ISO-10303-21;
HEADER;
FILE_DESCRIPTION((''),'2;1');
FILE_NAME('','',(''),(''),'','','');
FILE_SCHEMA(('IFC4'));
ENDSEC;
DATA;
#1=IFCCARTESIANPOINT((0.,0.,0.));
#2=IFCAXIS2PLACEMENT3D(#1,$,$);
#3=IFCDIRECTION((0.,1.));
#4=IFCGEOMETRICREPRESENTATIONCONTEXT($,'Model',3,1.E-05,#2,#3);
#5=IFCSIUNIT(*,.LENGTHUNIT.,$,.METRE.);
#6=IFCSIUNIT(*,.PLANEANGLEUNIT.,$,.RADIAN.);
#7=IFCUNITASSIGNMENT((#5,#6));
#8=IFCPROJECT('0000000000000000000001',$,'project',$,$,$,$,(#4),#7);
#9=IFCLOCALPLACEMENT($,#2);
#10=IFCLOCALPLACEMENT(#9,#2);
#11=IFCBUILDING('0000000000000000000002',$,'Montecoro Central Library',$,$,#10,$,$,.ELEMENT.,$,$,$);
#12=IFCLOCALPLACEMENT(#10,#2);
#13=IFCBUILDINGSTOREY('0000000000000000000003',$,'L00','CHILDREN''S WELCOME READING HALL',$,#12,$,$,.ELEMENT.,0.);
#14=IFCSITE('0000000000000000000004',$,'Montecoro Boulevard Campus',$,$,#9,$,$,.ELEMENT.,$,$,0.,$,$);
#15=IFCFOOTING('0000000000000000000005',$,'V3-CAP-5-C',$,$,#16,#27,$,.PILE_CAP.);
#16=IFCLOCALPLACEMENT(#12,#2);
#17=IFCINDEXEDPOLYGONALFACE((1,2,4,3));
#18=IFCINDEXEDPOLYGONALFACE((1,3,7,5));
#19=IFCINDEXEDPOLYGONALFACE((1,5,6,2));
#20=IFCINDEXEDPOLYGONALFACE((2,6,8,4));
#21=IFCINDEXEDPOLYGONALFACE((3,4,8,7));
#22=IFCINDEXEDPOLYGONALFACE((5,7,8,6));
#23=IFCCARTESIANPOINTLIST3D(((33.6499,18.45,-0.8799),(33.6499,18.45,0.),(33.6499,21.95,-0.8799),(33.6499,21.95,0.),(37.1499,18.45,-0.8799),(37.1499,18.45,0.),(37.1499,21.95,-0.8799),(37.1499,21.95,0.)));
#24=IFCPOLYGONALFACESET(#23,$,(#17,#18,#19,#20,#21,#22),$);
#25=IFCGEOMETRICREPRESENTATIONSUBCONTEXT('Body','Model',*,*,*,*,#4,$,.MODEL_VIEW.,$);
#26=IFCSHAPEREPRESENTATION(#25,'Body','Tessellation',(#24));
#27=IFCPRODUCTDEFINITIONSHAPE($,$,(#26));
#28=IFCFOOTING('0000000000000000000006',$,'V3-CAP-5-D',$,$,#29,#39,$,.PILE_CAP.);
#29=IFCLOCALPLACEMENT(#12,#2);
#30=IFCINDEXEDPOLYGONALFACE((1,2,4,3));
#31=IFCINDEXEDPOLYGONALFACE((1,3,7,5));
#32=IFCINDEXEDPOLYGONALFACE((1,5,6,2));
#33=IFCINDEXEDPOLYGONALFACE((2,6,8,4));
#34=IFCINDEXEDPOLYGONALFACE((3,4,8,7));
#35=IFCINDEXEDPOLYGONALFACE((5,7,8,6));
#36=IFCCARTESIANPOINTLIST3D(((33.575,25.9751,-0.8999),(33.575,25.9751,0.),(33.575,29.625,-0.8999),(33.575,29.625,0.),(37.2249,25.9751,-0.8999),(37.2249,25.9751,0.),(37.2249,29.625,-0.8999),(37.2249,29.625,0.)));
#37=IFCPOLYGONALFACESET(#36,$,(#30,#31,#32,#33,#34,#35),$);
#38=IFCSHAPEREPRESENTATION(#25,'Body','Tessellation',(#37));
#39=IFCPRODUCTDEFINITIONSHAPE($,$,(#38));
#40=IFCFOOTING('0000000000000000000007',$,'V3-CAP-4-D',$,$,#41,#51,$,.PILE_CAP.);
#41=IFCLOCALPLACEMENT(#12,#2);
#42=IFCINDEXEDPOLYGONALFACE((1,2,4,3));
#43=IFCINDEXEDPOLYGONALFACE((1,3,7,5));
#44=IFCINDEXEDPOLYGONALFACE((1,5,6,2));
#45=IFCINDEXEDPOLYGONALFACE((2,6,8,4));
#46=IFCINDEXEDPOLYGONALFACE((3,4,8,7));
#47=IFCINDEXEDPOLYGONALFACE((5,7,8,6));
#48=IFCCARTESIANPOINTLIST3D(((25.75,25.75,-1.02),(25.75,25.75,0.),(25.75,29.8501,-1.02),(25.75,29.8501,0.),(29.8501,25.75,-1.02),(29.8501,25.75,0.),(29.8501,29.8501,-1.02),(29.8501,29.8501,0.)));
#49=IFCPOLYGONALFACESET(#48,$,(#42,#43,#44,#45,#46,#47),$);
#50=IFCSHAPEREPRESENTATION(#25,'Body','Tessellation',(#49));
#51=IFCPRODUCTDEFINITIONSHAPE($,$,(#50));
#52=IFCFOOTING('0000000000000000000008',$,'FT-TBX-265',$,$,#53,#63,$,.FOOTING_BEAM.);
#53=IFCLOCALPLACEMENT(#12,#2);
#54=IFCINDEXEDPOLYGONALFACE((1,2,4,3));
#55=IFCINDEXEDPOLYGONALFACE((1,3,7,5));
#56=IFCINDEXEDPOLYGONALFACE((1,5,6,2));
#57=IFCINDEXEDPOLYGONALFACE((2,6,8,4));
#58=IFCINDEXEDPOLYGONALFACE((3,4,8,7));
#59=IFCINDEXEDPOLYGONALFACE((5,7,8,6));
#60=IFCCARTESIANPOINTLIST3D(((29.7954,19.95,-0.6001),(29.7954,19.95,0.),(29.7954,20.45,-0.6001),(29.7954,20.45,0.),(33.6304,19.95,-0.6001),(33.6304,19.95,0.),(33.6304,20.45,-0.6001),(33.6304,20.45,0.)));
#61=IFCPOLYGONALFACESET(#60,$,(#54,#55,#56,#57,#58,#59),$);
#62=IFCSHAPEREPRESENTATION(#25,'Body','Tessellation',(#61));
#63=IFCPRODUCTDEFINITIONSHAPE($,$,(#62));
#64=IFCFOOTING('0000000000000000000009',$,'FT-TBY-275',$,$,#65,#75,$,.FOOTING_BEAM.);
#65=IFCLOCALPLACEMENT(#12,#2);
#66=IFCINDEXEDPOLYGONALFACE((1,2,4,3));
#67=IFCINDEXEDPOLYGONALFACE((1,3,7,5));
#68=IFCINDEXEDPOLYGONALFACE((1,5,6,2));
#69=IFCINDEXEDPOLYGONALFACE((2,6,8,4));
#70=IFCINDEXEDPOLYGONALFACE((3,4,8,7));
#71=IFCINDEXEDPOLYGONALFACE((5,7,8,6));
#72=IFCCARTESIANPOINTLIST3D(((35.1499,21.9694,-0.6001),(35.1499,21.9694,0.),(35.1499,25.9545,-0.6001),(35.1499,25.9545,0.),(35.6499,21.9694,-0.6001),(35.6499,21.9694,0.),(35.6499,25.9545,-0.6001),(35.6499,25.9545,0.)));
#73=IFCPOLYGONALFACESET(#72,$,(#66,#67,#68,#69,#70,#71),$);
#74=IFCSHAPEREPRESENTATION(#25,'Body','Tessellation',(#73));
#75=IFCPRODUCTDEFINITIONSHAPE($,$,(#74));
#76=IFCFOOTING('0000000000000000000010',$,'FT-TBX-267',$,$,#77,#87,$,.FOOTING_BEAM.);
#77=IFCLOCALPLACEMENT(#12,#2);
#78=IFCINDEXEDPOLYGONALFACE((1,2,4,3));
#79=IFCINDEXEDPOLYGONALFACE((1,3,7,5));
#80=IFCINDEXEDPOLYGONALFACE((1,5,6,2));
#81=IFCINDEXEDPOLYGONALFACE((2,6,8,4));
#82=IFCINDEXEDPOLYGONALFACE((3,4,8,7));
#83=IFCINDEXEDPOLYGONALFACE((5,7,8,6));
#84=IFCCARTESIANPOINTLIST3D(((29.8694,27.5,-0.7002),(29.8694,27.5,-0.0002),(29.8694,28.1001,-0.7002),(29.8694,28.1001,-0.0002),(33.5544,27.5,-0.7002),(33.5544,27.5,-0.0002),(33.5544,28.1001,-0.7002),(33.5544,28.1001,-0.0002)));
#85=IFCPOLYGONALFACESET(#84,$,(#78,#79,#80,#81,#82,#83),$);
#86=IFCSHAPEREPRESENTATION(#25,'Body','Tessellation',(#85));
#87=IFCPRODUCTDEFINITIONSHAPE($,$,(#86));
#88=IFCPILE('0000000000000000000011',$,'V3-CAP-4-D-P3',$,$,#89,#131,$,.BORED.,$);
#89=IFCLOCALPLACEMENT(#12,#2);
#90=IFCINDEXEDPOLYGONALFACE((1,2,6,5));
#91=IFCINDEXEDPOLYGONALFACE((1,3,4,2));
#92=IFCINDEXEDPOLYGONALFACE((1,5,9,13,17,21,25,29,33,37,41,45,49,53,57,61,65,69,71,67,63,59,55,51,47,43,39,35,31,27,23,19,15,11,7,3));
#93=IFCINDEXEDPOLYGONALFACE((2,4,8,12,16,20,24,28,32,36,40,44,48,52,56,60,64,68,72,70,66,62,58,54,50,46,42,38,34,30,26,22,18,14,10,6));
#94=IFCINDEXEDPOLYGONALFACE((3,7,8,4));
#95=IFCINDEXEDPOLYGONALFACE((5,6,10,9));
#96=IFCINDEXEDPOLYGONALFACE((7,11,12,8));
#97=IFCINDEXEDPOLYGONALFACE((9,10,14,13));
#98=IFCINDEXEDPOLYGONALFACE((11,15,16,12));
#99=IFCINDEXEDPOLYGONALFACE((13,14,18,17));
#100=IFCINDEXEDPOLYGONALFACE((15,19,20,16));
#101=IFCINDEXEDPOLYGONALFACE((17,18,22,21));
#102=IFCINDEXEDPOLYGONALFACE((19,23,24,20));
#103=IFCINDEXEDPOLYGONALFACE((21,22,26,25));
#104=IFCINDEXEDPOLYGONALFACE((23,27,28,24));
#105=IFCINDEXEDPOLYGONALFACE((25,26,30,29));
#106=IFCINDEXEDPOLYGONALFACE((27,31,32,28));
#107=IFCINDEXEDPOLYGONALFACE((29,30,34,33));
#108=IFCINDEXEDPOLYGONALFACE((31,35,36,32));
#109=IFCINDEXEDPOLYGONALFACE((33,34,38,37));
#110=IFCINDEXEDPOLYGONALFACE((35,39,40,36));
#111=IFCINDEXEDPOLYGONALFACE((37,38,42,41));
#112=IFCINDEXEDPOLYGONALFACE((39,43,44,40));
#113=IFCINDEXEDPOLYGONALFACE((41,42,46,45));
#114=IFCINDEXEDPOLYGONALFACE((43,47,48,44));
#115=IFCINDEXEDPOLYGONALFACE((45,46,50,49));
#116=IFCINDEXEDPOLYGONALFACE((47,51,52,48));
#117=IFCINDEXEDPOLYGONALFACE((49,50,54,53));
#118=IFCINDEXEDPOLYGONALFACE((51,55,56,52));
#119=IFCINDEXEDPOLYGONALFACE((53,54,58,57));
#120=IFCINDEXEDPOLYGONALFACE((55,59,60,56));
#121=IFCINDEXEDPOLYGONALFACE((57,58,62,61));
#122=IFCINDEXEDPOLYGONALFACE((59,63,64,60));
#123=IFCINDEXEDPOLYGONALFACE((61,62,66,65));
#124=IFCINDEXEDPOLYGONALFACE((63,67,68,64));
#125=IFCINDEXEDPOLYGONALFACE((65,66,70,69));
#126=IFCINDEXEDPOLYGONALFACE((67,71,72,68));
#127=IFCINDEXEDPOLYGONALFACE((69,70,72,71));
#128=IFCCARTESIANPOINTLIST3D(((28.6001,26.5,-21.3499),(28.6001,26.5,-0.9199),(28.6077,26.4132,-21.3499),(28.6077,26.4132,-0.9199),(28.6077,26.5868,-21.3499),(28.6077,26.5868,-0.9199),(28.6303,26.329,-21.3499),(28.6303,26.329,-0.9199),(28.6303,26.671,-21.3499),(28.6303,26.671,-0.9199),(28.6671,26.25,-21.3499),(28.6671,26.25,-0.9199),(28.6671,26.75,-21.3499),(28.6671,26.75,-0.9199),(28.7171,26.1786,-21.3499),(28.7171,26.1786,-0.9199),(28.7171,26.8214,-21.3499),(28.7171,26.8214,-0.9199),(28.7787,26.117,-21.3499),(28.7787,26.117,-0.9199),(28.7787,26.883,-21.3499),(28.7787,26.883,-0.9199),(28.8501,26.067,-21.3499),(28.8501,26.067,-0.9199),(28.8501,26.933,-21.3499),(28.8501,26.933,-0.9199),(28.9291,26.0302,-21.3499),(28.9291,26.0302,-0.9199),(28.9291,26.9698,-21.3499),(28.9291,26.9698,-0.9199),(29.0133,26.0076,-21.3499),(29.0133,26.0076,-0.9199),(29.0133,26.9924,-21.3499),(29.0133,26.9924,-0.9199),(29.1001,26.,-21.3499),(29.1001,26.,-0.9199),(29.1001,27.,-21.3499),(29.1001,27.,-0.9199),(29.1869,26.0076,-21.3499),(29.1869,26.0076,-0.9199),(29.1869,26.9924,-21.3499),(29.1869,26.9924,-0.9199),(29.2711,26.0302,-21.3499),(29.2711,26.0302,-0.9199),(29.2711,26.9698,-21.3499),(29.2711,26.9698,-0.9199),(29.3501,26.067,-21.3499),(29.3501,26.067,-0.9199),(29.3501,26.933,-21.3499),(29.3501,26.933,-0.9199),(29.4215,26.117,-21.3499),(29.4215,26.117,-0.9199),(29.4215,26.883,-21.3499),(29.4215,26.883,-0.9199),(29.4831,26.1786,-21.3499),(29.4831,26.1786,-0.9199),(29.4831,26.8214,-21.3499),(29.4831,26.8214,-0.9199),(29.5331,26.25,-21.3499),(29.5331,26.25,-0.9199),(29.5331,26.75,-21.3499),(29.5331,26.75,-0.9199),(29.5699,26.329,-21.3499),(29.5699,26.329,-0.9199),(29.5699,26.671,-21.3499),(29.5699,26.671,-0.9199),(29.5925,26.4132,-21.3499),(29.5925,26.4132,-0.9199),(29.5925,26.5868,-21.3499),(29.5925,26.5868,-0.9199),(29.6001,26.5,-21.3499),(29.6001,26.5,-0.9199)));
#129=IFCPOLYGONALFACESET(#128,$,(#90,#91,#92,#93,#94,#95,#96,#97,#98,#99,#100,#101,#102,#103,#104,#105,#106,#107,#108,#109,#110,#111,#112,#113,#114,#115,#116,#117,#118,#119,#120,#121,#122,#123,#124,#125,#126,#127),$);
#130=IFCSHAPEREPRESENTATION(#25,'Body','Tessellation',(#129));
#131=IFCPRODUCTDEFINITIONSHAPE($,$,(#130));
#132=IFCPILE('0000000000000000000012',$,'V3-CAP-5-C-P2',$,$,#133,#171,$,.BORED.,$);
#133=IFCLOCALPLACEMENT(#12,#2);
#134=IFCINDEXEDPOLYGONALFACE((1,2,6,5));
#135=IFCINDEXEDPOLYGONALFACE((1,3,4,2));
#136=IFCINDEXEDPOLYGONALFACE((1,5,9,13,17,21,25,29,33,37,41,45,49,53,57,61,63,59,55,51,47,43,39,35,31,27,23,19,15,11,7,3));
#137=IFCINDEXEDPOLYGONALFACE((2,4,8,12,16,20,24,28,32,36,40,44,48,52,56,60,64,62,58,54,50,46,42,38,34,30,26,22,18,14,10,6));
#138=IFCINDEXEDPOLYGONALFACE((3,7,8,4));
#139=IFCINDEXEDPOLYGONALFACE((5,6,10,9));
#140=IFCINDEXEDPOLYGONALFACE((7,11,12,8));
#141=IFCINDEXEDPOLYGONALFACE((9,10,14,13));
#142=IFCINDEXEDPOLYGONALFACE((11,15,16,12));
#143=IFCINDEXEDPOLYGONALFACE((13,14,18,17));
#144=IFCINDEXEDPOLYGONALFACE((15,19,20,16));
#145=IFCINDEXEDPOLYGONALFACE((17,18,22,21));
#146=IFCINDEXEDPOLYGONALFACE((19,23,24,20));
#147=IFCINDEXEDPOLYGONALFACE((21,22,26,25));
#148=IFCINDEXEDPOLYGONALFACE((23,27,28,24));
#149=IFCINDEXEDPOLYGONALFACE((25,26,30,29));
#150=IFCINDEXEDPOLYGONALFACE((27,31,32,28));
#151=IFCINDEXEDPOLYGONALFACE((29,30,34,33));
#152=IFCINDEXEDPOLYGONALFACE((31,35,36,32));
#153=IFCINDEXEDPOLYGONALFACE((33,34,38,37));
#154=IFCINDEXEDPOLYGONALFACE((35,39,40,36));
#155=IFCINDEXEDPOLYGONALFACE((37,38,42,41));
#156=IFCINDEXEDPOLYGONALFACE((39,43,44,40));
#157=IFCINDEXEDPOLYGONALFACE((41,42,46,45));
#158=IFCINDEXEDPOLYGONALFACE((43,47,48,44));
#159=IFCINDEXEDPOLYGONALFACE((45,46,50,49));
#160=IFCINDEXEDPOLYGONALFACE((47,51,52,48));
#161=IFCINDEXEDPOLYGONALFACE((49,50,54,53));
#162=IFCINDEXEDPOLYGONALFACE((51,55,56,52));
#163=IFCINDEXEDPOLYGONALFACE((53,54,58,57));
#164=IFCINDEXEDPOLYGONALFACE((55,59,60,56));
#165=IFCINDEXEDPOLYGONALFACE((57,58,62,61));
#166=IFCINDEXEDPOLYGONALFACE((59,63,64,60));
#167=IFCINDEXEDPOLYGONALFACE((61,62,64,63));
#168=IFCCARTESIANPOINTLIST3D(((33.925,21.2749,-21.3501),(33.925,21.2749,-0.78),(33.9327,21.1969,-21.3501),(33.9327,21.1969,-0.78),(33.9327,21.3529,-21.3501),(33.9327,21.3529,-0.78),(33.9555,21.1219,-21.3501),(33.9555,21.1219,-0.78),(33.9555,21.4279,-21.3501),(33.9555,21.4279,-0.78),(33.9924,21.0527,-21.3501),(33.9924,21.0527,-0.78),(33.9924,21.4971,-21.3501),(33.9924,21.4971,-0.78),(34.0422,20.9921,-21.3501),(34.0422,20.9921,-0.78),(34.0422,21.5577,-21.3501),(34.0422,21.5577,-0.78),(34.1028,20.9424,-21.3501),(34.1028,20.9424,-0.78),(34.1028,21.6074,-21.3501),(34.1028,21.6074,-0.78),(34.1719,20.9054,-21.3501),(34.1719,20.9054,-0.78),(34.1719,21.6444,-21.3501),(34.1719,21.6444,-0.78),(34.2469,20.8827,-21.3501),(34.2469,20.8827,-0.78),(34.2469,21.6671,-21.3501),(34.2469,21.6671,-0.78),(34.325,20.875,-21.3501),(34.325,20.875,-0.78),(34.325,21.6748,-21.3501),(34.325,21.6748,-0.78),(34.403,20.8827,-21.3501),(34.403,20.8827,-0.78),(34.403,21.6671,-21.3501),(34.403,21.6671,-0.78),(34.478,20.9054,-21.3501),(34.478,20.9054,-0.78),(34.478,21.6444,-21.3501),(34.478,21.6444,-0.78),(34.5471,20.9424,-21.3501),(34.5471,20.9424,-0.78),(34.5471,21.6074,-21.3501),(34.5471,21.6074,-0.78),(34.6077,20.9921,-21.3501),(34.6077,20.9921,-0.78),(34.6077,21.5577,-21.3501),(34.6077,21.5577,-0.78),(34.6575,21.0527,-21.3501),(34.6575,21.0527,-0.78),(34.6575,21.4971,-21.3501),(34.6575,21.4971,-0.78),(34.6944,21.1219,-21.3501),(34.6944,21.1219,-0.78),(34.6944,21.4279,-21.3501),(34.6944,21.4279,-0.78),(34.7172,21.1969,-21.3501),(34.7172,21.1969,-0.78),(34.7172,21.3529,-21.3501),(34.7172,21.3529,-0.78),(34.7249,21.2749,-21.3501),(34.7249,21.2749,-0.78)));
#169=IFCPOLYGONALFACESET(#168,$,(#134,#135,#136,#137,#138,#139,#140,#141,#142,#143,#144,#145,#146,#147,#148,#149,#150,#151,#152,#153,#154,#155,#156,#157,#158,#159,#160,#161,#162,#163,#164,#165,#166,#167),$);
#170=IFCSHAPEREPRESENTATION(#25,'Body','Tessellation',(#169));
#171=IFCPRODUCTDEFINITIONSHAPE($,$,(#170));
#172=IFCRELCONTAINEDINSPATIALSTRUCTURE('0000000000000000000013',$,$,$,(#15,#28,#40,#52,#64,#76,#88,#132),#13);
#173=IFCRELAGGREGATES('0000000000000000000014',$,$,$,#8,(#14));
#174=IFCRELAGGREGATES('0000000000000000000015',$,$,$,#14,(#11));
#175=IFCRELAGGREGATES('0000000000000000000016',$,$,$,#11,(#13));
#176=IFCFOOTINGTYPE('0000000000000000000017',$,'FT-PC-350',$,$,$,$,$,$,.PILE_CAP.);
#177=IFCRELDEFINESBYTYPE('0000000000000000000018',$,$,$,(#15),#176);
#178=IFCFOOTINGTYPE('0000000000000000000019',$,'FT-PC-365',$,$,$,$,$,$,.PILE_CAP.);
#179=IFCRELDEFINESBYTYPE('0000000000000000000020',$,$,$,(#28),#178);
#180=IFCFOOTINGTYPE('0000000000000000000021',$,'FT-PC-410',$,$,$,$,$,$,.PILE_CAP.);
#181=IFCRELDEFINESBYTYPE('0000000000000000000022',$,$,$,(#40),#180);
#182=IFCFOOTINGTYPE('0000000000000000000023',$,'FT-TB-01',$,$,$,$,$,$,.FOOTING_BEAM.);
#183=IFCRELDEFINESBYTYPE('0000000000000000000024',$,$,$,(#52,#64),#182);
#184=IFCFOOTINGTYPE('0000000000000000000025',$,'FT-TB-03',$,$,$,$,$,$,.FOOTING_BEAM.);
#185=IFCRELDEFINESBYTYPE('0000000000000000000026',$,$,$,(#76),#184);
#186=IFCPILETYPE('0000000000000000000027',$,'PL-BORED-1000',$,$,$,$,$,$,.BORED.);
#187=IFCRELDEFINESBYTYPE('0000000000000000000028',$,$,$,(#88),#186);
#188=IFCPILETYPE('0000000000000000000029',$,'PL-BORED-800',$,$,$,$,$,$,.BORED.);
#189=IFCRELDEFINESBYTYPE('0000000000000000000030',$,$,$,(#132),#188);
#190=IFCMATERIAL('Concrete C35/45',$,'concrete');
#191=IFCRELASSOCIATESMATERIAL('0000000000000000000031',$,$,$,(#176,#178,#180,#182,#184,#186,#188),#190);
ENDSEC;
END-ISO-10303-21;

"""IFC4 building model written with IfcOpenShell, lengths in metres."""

from ifc_helpers import new_model, si_unit, direction, frame, origin, origin_2d, place, context, subcontext, project, spatial, rectangle, circle, extrude, material, material_profile, profile_set, type_object, element, save


model = new_model("IFC4")

# Units and contexts
model_context = context("Model", 3, precision=1e-05, world=origin(), true_north=direction((0.0, 1.0)))
body_context = subcontext(model_context, "Body", "Model", "MODEL_VIEW")
ifc_project = project(units=[si_unit("LENGTHUNIT", "METRE"), si_unit("PLANEANGLEUNIT", "RADIAN")], contexts=[model_context])

# Site, building, storey
site_placement = place(None, origin())
site = spatial("IfcSite", under=ifc_project, at=site_placement, Name="Montecoro Boulevard Campus", CompositionType="ELEMENT", RefElevation=0.0)
building_placement = place(site_placement, origin())
building = spatial("IfcBuilding", under=site, at=building_placement, Name="Montecoro Central Library", CompositionType="ELEMENT")
storey_placement = place(building_placement, origin())
storey = spatial("IfcBuildingStorey", under=building, at=storey_placement, Name="L00", Description="CHILDREN'S WELCOME READING HALL", CompositionType="ELEMENT", Elevation=0.0)

# Footings
ifc_material_1 = material(Name="Concrete C35/45", Category="concrete")
footing_type_1 = type_object("IfcFootingType", Name="FT-PC-350", PredefinedType="PILE_CAP", material=ifc_material_1)
footing_1_placement = place(storey_placement, frame((35.3999, 20.2, -0.8799), z_axis=(0.0, 0.0, 1.0), x_axis=(1.0, 0.0, 0.0)))
element("IfcFooting", 1, at=footing_1_placement, inside=storey, type_object=footing_type_1, Name="V3-CAP-5-C", PredefinedType="PILE_CAP", context=body_context, shape_type="SweptSolid", body=[
    extrude(rectangle(XDim=3.5, YDim=3.5, at=origin_2d()), origin(), (0.0, 0.0, 1.0), 0.8799),
])
footing_type_2 = type_object("IfcFootingType", Name="FT-PC-365", PredefinedType="PILE_CAP", material=ifc_material_1)
footing_2_placement = place(storey_placement, frame((35.3999, 27.8, -0.8999), z_axis=(0.0, 0.0, 1.0), x_axis=(1.0, 0.0, 0.0)))
element("IfcFooting", 2, at=footing_2_placement, inside=storey, type_object=footing_type_2, Name="V3-CAP-5-D", PredefinedType="PILE_CAP", context=body_context, shape_type="SweptSolid", body=[
    extrude(rectangle(XDim=3.6499, YDim=3.6499, at=origin_2d()), origin(), (0.0, 0.0, 1.0), 0.8999),
])
footing_type_3 = type_object("IfcFootingType", Name="FT-PC-410", PredefinedType="PILE_CAP", material=ifc_material_1)
footing_3_placement = place(storey_placement, frame((27.8, 27.8, -1.02), z_axis=(0.0, 0.0, 1.0), x_axis=(1.0, 0.0, 0.0)))
element("IfcFooting", 3, at=footing_3_placement, inside=storey, type_object=footing_type_3, Name="V3-CAP-4-D", PredefinedType="PILE_CAP", context=body_context, shape_type="SweptSolid", body=[
    extrude(rectangle(XDim=4.1001, YDim=4.1001, at=origin_2d()), origin(), (0.0, 0.0, 1.0), 1.02),
])
footing_type_4 = type_object("IfcFootingType", Name="FT-TB-01", PredefinedType="FOOTING_BEAM", material=ifc_material_1)
footing_4_placement = place(storey_placement, frame((31.7129, 20.2, -0.6001), z_axis=(0.0, 0.0, 1.0), x_axis=(1.0, 0.0, 0.0)))
element("IfcFooting", 4, at=footing_4_placement, inside=storey, type_object=footing_type_4, Name="FT-TBX-265", PredefinedType="FOOTING_BEAM", context=body_context, shape_type="SweptSolid", body=[
    extrude(rectangle(XDim=3.835, YDim=0.5, at=origin_2d()), origin(), (0.0, 0.0, 1.0), 0.6001),
])
footing_5_placement = place(storey_placement, frame((35.3999, 23.9619, -0.6001), z_axis=(0.0, 0.0, 1.0), x_axis=(1.0, 0.0, 0.0)))
element("IfcFooting", 5, at=footing_5_placement, inside=storey, type_object=footing_type_4, Name="FT-TBY-275", PredefinedType="FOOTING_BEAM", context=body_context, shape_type="SweptSolid", body=[
    extrude(rectangle(XDim=0.5, YDim=3.9851, at=origin_2d()), origin(), (0.0, 0.0, 1.0), 0.6001),
])
footing_type_5 = type_object("IfcFootingType", Name="FT-TB-03", PredefinedType="FOOTING_BEAM", material=ifc_material_1)
footing_6_placement = place(storey_placement, frame((31.7119, 27.8, -0.7002), z_axis=(0.0, 0.0, 1.0), x_axis=(1.0, 0.0, 0.0)))
element("IfcFooting", 6, at=footing_6_placement, inside=storey, type_object=footing_type_5, Name="FT-TBX-267", PredefinedType="FOOTING_BEAM", context=body_context, shape_type="SweptSolid", body=[
    extrude(rectangle(XDim=3.6851, YDim=0.6001, at=origin_2d()), origin(), (0.0, 0.0, 1.0), 0.7),
])

# Piles
ifc_material_profile_1 = material_profile(ifc_material_1, circle(Radius=0.5, at=origin_2d()), Name="PILE D1000")
ifc_profile_set_1 = profile_set([ifc_material_profile_1], Name="Concrete C35/45")
pile_type_1 = type_object("IfcPileType", Name="PL-BORED-1000", PredefinedType="BORED", material=ifc_profile_set_1)
pile_1_placement = place(storey_placement, frame((29.1001, 26.5, -0.9199), z_axis=(0.0, 0.0, -1.0), x_axis=(1.0, 0.0, 0.0)))
element("IfcPile", 7, at=pile_1_placement, inside=storey, type_object=pile_type_1, Name="V3-CAP-4-D-P3", PredefinedType="BORED", context=body_context, shape_type="SweptSolid", body=[
    extrude(circle(Radius=0.5, at=origin_2d()), origin(), (0.0, 0.0, 1.0), 20.4299),
])
ifc_material_profile_2 = material_profile(ifc_material_1, circle(Radius=0.3999, at=origin_2d()), Name="PILE D800")
ifc_profile_set_2 = profile_set([ifc_material_profile_2], Name="Concrete C35/45")
pile_type_2 = type_object("IfcPileType", Name="PL-BORED-800", PredefinedType="BORED", material=ifc_profile_set_2)
for number, where, z_axis, x_axis, name in (
    (8, (34.325, 21.2749, -0.78), (0.0, 0.0, -1.0), (1.0, 0.0, 0.0), "V3-CAP-5-C-P2"),
):
    element("IfcPile", number, at=place(storey_placement, frame(where, z_axis=z_axis, x_axis=x_axis)), inside=storey, type_object=pile_type_2, Name=name, PredefinedType="BORED", context=body_context, shape_type="SweptSolid", body=[
        extrude(circle(Radius=0.3999, at=origin_2d()), origin(), (0.0, 0.0, 1.0), 20.5701),
    ])

save(model, "model.ifc")
